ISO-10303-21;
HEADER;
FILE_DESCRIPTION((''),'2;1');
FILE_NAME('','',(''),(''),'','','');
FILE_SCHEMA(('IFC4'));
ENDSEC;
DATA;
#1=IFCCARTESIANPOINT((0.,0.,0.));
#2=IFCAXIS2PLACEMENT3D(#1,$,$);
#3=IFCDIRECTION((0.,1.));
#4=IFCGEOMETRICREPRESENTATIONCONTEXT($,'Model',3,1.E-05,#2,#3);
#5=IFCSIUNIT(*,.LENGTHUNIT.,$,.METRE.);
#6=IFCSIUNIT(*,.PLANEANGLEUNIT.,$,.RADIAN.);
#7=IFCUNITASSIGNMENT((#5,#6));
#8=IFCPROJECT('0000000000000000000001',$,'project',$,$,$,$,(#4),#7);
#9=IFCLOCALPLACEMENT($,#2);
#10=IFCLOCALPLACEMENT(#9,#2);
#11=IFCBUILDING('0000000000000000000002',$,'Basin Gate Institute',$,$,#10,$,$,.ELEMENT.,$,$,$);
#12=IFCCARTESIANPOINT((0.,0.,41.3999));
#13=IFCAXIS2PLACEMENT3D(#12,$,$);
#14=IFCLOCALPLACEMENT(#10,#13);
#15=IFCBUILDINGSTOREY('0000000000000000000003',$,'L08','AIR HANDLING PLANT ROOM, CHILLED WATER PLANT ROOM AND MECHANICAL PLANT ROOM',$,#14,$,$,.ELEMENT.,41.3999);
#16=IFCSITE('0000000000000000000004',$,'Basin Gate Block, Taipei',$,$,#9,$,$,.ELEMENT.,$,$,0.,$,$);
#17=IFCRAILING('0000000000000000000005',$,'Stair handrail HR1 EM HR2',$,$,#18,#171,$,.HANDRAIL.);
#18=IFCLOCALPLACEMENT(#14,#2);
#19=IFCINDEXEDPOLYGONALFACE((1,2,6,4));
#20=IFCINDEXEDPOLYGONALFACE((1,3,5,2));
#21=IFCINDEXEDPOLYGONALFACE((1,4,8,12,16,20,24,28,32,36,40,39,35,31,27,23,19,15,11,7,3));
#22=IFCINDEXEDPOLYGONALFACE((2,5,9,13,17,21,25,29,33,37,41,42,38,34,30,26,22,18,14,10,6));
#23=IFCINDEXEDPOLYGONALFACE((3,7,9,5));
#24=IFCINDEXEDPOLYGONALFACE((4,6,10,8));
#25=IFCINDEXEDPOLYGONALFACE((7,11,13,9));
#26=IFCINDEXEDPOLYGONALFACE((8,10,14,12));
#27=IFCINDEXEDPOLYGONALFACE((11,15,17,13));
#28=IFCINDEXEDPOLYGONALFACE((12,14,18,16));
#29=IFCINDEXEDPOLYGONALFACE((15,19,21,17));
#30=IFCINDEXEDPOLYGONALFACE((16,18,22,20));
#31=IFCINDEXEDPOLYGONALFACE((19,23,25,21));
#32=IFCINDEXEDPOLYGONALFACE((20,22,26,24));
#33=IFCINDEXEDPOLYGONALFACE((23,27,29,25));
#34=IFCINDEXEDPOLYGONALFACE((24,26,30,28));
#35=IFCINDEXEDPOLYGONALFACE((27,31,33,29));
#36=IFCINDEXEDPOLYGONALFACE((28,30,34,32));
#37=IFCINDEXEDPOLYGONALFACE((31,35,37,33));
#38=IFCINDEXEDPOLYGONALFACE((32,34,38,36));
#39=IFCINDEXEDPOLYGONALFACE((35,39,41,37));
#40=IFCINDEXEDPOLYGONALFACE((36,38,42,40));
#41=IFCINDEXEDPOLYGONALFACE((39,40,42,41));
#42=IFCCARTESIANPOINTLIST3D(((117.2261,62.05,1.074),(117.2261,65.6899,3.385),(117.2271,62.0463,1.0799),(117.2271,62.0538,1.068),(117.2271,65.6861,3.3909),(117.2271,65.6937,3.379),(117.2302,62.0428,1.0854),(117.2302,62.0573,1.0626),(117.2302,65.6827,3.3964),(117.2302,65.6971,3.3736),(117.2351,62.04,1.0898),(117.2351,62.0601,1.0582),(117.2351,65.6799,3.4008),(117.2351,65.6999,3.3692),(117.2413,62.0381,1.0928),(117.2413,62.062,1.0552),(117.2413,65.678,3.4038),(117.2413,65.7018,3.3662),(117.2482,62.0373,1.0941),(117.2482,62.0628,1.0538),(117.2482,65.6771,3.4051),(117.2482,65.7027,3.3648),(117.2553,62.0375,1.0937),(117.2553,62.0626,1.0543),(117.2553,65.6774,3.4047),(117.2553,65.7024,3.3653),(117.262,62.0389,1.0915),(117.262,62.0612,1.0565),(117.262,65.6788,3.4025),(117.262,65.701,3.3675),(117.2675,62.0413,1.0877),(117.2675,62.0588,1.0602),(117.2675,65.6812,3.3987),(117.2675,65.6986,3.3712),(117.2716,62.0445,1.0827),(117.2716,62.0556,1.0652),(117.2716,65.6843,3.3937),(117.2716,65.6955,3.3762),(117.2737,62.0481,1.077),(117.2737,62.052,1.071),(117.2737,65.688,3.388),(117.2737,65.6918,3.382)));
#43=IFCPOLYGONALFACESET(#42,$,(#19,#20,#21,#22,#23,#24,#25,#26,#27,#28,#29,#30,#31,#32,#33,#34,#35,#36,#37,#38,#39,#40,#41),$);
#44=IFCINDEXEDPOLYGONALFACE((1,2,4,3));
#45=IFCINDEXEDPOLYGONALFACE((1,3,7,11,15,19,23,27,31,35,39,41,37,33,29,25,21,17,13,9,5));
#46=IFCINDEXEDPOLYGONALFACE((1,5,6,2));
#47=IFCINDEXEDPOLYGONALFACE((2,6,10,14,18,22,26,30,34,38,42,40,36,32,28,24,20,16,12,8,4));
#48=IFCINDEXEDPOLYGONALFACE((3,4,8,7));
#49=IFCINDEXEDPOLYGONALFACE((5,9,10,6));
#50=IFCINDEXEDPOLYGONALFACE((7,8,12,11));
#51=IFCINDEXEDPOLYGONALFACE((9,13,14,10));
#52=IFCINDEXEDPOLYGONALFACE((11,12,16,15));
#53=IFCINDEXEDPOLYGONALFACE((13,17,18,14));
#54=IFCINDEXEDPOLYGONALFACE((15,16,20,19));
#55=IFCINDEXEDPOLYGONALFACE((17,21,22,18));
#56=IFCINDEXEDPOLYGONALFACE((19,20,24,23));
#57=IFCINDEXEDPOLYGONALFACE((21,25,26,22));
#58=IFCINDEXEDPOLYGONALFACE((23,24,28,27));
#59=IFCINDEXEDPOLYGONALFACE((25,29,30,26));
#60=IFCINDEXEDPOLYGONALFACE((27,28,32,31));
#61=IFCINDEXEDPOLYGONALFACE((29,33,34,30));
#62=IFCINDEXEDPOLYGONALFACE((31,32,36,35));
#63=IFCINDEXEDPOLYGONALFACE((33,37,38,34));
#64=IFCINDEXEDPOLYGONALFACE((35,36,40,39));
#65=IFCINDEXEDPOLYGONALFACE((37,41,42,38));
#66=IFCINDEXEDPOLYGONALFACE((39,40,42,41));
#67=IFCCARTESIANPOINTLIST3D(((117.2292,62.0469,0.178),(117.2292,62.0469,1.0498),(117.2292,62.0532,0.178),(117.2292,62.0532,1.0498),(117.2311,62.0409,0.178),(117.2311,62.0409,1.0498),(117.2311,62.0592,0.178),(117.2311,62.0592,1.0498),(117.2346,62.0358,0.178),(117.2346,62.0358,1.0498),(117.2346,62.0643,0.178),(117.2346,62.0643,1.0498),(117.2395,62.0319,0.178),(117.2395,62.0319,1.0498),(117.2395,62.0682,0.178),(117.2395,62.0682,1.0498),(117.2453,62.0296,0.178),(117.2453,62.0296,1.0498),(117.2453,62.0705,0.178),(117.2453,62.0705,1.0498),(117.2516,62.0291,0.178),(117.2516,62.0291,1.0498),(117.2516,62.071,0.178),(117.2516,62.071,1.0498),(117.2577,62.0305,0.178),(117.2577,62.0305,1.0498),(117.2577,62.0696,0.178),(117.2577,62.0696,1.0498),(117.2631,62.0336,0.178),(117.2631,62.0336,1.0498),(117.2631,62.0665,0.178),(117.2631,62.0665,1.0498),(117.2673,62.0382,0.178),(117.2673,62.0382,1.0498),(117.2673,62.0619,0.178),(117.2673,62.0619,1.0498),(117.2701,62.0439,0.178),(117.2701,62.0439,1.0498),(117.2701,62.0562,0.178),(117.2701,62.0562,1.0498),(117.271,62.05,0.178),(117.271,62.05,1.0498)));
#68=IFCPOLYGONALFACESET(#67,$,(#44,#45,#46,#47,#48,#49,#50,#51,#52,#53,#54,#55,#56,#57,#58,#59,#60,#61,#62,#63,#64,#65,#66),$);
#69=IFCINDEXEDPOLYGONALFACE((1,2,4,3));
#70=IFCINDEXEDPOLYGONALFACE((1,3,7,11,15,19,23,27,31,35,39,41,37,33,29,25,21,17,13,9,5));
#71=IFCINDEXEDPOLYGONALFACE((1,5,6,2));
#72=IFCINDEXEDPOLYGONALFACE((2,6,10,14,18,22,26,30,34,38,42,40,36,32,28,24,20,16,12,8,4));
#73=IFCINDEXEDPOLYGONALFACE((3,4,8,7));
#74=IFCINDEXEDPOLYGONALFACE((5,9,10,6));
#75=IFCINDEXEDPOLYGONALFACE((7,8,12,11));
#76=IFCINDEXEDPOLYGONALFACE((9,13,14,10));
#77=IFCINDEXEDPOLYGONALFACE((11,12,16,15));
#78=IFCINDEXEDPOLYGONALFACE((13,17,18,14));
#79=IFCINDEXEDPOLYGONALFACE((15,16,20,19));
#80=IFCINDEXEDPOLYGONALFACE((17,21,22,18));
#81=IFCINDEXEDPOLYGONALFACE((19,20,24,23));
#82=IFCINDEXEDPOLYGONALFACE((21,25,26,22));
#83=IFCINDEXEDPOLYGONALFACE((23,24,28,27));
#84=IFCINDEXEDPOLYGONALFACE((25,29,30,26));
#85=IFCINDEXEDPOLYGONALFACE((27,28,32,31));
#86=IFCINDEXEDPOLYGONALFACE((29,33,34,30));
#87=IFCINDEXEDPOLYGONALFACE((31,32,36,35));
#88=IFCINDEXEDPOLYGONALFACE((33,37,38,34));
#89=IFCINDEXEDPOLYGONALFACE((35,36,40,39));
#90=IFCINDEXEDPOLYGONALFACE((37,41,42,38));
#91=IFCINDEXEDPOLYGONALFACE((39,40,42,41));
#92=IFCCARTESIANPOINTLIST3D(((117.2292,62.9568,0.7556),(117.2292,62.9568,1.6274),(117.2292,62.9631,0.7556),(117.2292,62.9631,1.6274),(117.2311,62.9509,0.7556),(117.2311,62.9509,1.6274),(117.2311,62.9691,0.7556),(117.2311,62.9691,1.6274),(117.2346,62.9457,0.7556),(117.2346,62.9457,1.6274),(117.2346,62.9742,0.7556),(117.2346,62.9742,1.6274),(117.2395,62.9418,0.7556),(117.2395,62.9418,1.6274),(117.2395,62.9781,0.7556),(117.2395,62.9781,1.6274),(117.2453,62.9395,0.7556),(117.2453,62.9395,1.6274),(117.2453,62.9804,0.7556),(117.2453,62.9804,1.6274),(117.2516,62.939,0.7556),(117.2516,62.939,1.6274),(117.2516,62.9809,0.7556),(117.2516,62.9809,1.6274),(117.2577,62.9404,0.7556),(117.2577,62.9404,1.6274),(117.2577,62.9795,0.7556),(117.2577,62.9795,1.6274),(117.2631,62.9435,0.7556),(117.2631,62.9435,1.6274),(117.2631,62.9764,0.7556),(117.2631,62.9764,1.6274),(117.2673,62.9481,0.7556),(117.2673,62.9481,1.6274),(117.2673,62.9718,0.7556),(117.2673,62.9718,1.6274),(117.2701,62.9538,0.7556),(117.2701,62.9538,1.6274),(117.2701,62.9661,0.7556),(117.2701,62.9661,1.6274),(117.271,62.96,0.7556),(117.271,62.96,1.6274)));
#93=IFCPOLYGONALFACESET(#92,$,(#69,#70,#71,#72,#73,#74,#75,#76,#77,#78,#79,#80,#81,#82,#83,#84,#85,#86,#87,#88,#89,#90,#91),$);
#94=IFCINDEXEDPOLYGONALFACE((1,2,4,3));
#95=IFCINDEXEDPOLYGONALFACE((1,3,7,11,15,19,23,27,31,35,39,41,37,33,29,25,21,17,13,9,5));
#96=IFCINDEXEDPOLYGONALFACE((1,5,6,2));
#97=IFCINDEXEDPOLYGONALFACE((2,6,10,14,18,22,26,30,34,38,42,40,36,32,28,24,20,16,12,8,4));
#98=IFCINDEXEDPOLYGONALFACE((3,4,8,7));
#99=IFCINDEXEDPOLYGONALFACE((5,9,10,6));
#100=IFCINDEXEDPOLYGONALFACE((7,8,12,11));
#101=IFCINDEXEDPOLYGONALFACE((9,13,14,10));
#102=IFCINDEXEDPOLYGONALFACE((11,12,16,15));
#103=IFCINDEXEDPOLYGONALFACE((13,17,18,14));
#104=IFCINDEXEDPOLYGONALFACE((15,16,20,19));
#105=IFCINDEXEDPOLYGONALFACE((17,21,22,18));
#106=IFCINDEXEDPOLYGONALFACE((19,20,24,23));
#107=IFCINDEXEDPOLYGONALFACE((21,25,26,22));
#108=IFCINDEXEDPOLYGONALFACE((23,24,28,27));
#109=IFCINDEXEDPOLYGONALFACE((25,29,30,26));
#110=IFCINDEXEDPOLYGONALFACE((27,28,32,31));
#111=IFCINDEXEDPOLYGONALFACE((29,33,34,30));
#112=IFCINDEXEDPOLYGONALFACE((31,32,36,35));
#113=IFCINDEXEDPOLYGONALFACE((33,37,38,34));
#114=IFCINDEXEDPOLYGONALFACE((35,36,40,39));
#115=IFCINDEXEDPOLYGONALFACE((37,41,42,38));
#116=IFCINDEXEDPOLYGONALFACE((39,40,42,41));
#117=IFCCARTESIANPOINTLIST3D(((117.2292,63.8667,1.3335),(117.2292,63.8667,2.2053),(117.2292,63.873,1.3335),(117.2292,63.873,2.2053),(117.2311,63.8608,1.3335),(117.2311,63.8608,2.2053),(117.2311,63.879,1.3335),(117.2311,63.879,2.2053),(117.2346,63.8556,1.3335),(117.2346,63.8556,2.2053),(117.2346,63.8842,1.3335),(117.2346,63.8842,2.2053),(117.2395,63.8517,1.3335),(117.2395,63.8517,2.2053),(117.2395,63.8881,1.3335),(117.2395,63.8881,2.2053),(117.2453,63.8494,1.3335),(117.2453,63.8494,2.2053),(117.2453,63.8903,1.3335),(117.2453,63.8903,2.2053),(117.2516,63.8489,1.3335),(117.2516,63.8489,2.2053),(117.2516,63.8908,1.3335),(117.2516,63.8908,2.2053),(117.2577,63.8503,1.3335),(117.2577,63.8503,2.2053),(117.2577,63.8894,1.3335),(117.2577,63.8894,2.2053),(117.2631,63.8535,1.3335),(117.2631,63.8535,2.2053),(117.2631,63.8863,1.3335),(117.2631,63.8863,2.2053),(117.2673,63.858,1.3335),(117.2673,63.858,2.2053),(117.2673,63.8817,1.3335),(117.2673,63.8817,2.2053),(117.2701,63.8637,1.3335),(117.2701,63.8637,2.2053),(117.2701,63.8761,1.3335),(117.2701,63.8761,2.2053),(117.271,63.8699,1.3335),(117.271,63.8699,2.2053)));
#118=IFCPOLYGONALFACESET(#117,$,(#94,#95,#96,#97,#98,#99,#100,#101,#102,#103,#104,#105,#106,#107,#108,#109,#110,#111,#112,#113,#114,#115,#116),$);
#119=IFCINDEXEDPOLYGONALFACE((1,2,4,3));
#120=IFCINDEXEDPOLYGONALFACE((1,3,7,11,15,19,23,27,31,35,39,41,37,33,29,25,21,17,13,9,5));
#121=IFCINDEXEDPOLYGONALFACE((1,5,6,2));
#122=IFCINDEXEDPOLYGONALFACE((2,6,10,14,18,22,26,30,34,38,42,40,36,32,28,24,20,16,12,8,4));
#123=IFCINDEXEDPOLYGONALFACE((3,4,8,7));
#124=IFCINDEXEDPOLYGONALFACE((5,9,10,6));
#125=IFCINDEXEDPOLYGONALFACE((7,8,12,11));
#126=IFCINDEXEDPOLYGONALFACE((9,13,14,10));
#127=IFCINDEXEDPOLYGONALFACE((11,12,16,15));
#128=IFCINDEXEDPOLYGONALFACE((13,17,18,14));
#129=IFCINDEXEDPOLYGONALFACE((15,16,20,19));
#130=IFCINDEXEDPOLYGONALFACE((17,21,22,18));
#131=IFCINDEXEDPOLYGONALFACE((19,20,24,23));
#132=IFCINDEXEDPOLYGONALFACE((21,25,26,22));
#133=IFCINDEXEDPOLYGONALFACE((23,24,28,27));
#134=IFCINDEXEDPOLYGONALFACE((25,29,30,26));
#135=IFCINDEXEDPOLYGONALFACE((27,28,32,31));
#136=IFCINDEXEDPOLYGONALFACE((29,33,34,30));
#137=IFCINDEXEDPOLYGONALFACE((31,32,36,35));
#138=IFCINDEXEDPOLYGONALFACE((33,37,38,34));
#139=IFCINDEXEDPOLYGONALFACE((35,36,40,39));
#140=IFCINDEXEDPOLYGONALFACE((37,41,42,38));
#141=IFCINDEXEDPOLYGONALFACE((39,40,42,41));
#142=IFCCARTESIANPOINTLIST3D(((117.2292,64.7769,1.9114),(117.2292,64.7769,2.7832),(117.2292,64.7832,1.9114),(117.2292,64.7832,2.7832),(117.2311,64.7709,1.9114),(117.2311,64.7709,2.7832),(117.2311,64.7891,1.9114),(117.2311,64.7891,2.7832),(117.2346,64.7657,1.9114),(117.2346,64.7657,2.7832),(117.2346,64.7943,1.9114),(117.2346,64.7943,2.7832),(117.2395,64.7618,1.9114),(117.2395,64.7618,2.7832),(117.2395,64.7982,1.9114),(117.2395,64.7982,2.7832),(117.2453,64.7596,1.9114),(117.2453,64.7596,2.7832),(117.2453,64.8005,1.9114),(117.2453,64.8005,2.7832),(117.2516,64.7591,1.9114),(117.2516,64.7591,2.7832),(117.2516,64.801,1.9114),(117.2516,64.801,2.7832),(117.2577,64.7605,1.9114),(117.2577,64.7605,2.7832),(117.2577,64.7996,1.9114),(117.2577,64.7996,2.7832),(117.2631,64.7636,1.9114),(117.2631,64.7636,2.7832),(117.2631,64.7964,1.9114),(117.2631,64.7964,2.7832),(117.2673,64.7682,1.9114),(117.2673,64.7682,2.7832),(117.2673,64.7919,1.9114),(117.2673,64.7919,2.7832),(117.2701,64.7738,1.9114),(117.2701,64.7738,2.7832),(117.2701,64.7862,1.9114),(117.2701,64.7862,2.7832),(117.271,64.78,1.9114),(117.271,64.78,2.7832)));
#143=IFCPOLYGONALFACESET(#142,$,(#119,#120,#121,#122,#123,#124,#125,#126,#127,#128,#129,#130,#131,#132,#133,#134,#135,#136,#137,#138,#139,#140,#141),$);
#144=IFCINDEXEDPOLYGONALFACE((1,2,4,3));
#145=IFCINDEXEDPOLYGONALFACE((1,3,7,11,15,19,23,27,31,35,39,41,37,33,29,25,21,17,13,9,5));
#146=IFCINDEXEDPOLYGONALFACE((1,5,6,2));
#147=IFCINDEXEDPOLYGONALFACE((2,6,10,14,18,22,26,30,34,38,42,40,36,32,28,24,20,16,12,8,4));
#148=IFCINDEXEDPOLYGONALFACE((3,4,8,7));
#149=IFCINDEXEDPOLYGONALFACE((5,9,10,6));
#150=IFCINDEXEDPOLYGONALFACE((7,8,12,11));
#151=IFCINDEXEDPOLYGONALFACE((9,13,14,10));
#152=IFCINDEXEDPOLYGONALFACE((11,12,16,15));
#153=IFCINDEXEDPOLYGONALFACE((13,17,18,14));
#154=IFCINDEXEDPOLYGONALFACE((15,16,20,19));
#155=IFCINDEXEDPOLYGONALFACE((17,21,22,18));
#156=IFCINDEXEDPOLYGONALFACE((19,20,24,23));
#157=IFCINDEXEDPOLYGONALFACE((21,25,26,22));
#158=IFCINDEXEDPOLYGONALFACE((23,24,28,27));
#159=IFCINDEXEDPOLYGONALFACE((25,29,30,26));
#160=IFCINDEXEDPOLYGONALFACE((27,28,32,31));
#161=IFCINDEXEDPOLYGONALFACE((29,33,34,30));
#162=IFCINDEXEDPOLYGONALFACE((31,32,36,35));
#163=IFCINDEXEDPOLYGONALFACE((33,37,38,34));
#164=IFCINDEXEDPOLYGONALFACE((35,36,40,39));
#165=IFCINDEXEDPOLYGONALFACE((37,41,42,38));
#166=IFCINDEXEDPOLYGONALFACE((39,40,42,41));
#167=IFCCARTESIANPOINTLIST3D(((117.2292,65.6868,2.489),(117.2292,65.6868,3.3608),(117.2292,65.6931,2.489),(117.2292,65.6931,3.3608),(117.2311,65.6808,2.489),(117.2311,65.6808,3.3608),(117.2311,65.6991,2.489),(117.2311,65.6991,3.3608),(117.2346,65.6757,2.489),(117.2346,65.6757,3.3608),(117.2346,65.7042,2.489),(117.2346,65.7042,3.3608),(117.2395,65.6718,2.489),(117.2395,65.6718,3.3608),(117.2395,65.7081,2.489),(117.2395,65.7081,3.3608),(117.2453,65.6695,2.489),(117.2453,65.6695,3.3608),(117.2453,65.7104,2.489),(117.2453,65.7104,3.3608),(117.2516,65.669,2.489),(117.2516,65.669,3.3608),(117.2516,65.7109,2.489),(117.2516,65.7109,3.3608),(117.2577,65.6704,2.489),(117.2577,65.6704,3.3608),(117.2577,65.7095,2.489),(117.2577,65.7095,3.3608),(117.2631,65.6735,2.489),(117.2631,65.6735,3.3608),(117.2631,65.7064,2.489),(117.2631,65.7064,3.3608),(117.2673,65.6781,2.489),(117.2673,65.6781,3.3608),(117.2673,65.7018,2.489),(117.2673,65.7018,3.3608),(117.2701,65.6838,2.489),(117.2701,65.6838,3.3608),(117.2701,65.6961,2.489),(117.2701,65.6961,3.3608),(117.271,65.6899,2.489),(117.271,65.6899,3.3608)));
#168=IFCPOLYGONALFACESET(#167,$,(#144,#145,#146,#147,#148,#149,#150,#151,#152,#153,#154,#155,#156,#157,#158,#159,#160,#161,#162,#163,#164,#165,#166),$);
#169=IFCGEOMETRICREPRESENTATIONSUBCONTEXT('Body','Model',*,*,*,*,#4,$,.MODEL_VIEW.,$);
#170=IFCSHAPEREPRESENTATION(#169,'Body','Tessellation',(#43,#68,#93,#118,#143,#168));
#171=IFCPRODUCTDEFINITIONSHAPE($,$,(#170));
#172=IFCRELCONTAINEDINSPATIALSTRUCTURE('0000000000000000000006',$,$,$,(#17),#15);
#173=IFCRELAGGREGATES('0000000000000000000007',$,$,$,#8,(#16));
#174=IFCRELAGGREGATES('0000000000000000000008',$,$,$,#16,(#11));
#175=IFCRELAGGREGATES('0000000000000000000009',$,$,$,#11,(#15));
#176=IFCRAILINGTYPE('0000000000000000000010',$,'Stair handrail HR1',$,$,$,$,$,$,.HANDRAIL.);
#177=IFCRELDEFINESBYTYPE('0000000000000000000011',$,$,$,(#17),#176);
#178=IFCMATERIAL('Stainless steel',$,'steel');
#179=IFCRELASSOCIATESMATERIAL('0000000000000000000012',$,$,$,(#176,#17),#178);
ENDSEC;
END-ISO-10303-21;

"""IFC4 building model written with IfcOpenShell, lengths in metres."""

from ifc_helpers import new_model, si_unit, direction, frame, origin, origin_2d, place, context, subcontext, project, spatial, circle, extrude, material, type_object, element, save


model = new_model("IFC4")

# Units and contexts
model_context = context("Model", 3, precision=1e-05, world=origin(), true_north=direction((0.0, 1.0)))
body_context = subcontext(model_context, "Body", "Model", "MODEL_VIEW")
ifc_project = project(units=[si_unit("LENGTHUNIT", "METRE"), si_unit("PLANEANGLEUNIT", "RADIAN")], contexts=[model_context])

# Site, building, storey
site_placement = place(None, origin())
site = spatial("IfcSite", under=ifc_project, at=site_placement, Name="Basin Gate Block, Taipei", CompositionType="ELEMENT", RefElevation=0.0)
building_placement = place(site_placement, origin())
building = spatial("IfcBuilding", under=site, at=building_placement, Name="Basin Gate Institute", CompositionType="ELEMENT")
storey_placement = place(building_placement, frame((0.0, 0.0, 41.3999)))
storey = spatial("IfcBuildingStorey", under=building, at=storey_placement, Name="L08", Description="AIR HANDLING PLANT ROOM, CHILLED WATER PLANT ROOM AND MECHANICAL PLANT ROOM", CompositionType="ELEMENT", Elevation=41.3999)

# Railing
ifc_material_1 = material(Name="Stainless steel", Category="steel")
railing_type_1 = type_object("IfcRailingType", Name="Stair handrail HR1", PredefinedType="HANDRAIL", material=ifc_material_1)
for number, where, name in (
    (1, (117.25, 62.05, 0.178), "Stair handrail HR1 EM HR2"),
):
    element("IfcRailing", number, at=place(storey_placement, frame(where)), inside=storey, type_object=railing_type_1, material=ifc_material_1, Name=name, PredefinedType="HANDRAIL", context=body_context, shape_type="SweptSolid", body=[
        extrude(circle(Radius=0.0239, at=origin_2d()), frame((0.0, 0.0, 0.896), z_axis=(0.0, 0.844214, 0.536007), x_axis=(-1.0, 0.0, 0.0)), (0.0, 0.0, 1.0), 4.3115),
        extrude(circle(Radius=0.021, at=origin_2d()), origin(), (0.0, 0.0, 1.0), 0.8718),
        extrude(circle(Radius=0.021, at=origin_2d()), frame((0.0, 0.9099, 0.5776)), (0.0, 0.0, 1.0), 0.8718),
        extrude(circle(Radius=0.021, at=origin_2d()), frame((0.0, 1.8198, 1.1555)), (0.0, 0.0, 1.0), 0.8718),
        extrude(circle(Radius=0.021, at=origin_2d()), frame((0.0, 2.73, 1.7334)), (0.0, 0.0, 1.0), 0.8718),
        extrude(circle(Radius=0.021, at=origin_2d()), frame((0.0, 3.6399, 2.311)), (0.0, 0.0, 1.0), 0.8718),
    ])

save(model, "model.ifc")
